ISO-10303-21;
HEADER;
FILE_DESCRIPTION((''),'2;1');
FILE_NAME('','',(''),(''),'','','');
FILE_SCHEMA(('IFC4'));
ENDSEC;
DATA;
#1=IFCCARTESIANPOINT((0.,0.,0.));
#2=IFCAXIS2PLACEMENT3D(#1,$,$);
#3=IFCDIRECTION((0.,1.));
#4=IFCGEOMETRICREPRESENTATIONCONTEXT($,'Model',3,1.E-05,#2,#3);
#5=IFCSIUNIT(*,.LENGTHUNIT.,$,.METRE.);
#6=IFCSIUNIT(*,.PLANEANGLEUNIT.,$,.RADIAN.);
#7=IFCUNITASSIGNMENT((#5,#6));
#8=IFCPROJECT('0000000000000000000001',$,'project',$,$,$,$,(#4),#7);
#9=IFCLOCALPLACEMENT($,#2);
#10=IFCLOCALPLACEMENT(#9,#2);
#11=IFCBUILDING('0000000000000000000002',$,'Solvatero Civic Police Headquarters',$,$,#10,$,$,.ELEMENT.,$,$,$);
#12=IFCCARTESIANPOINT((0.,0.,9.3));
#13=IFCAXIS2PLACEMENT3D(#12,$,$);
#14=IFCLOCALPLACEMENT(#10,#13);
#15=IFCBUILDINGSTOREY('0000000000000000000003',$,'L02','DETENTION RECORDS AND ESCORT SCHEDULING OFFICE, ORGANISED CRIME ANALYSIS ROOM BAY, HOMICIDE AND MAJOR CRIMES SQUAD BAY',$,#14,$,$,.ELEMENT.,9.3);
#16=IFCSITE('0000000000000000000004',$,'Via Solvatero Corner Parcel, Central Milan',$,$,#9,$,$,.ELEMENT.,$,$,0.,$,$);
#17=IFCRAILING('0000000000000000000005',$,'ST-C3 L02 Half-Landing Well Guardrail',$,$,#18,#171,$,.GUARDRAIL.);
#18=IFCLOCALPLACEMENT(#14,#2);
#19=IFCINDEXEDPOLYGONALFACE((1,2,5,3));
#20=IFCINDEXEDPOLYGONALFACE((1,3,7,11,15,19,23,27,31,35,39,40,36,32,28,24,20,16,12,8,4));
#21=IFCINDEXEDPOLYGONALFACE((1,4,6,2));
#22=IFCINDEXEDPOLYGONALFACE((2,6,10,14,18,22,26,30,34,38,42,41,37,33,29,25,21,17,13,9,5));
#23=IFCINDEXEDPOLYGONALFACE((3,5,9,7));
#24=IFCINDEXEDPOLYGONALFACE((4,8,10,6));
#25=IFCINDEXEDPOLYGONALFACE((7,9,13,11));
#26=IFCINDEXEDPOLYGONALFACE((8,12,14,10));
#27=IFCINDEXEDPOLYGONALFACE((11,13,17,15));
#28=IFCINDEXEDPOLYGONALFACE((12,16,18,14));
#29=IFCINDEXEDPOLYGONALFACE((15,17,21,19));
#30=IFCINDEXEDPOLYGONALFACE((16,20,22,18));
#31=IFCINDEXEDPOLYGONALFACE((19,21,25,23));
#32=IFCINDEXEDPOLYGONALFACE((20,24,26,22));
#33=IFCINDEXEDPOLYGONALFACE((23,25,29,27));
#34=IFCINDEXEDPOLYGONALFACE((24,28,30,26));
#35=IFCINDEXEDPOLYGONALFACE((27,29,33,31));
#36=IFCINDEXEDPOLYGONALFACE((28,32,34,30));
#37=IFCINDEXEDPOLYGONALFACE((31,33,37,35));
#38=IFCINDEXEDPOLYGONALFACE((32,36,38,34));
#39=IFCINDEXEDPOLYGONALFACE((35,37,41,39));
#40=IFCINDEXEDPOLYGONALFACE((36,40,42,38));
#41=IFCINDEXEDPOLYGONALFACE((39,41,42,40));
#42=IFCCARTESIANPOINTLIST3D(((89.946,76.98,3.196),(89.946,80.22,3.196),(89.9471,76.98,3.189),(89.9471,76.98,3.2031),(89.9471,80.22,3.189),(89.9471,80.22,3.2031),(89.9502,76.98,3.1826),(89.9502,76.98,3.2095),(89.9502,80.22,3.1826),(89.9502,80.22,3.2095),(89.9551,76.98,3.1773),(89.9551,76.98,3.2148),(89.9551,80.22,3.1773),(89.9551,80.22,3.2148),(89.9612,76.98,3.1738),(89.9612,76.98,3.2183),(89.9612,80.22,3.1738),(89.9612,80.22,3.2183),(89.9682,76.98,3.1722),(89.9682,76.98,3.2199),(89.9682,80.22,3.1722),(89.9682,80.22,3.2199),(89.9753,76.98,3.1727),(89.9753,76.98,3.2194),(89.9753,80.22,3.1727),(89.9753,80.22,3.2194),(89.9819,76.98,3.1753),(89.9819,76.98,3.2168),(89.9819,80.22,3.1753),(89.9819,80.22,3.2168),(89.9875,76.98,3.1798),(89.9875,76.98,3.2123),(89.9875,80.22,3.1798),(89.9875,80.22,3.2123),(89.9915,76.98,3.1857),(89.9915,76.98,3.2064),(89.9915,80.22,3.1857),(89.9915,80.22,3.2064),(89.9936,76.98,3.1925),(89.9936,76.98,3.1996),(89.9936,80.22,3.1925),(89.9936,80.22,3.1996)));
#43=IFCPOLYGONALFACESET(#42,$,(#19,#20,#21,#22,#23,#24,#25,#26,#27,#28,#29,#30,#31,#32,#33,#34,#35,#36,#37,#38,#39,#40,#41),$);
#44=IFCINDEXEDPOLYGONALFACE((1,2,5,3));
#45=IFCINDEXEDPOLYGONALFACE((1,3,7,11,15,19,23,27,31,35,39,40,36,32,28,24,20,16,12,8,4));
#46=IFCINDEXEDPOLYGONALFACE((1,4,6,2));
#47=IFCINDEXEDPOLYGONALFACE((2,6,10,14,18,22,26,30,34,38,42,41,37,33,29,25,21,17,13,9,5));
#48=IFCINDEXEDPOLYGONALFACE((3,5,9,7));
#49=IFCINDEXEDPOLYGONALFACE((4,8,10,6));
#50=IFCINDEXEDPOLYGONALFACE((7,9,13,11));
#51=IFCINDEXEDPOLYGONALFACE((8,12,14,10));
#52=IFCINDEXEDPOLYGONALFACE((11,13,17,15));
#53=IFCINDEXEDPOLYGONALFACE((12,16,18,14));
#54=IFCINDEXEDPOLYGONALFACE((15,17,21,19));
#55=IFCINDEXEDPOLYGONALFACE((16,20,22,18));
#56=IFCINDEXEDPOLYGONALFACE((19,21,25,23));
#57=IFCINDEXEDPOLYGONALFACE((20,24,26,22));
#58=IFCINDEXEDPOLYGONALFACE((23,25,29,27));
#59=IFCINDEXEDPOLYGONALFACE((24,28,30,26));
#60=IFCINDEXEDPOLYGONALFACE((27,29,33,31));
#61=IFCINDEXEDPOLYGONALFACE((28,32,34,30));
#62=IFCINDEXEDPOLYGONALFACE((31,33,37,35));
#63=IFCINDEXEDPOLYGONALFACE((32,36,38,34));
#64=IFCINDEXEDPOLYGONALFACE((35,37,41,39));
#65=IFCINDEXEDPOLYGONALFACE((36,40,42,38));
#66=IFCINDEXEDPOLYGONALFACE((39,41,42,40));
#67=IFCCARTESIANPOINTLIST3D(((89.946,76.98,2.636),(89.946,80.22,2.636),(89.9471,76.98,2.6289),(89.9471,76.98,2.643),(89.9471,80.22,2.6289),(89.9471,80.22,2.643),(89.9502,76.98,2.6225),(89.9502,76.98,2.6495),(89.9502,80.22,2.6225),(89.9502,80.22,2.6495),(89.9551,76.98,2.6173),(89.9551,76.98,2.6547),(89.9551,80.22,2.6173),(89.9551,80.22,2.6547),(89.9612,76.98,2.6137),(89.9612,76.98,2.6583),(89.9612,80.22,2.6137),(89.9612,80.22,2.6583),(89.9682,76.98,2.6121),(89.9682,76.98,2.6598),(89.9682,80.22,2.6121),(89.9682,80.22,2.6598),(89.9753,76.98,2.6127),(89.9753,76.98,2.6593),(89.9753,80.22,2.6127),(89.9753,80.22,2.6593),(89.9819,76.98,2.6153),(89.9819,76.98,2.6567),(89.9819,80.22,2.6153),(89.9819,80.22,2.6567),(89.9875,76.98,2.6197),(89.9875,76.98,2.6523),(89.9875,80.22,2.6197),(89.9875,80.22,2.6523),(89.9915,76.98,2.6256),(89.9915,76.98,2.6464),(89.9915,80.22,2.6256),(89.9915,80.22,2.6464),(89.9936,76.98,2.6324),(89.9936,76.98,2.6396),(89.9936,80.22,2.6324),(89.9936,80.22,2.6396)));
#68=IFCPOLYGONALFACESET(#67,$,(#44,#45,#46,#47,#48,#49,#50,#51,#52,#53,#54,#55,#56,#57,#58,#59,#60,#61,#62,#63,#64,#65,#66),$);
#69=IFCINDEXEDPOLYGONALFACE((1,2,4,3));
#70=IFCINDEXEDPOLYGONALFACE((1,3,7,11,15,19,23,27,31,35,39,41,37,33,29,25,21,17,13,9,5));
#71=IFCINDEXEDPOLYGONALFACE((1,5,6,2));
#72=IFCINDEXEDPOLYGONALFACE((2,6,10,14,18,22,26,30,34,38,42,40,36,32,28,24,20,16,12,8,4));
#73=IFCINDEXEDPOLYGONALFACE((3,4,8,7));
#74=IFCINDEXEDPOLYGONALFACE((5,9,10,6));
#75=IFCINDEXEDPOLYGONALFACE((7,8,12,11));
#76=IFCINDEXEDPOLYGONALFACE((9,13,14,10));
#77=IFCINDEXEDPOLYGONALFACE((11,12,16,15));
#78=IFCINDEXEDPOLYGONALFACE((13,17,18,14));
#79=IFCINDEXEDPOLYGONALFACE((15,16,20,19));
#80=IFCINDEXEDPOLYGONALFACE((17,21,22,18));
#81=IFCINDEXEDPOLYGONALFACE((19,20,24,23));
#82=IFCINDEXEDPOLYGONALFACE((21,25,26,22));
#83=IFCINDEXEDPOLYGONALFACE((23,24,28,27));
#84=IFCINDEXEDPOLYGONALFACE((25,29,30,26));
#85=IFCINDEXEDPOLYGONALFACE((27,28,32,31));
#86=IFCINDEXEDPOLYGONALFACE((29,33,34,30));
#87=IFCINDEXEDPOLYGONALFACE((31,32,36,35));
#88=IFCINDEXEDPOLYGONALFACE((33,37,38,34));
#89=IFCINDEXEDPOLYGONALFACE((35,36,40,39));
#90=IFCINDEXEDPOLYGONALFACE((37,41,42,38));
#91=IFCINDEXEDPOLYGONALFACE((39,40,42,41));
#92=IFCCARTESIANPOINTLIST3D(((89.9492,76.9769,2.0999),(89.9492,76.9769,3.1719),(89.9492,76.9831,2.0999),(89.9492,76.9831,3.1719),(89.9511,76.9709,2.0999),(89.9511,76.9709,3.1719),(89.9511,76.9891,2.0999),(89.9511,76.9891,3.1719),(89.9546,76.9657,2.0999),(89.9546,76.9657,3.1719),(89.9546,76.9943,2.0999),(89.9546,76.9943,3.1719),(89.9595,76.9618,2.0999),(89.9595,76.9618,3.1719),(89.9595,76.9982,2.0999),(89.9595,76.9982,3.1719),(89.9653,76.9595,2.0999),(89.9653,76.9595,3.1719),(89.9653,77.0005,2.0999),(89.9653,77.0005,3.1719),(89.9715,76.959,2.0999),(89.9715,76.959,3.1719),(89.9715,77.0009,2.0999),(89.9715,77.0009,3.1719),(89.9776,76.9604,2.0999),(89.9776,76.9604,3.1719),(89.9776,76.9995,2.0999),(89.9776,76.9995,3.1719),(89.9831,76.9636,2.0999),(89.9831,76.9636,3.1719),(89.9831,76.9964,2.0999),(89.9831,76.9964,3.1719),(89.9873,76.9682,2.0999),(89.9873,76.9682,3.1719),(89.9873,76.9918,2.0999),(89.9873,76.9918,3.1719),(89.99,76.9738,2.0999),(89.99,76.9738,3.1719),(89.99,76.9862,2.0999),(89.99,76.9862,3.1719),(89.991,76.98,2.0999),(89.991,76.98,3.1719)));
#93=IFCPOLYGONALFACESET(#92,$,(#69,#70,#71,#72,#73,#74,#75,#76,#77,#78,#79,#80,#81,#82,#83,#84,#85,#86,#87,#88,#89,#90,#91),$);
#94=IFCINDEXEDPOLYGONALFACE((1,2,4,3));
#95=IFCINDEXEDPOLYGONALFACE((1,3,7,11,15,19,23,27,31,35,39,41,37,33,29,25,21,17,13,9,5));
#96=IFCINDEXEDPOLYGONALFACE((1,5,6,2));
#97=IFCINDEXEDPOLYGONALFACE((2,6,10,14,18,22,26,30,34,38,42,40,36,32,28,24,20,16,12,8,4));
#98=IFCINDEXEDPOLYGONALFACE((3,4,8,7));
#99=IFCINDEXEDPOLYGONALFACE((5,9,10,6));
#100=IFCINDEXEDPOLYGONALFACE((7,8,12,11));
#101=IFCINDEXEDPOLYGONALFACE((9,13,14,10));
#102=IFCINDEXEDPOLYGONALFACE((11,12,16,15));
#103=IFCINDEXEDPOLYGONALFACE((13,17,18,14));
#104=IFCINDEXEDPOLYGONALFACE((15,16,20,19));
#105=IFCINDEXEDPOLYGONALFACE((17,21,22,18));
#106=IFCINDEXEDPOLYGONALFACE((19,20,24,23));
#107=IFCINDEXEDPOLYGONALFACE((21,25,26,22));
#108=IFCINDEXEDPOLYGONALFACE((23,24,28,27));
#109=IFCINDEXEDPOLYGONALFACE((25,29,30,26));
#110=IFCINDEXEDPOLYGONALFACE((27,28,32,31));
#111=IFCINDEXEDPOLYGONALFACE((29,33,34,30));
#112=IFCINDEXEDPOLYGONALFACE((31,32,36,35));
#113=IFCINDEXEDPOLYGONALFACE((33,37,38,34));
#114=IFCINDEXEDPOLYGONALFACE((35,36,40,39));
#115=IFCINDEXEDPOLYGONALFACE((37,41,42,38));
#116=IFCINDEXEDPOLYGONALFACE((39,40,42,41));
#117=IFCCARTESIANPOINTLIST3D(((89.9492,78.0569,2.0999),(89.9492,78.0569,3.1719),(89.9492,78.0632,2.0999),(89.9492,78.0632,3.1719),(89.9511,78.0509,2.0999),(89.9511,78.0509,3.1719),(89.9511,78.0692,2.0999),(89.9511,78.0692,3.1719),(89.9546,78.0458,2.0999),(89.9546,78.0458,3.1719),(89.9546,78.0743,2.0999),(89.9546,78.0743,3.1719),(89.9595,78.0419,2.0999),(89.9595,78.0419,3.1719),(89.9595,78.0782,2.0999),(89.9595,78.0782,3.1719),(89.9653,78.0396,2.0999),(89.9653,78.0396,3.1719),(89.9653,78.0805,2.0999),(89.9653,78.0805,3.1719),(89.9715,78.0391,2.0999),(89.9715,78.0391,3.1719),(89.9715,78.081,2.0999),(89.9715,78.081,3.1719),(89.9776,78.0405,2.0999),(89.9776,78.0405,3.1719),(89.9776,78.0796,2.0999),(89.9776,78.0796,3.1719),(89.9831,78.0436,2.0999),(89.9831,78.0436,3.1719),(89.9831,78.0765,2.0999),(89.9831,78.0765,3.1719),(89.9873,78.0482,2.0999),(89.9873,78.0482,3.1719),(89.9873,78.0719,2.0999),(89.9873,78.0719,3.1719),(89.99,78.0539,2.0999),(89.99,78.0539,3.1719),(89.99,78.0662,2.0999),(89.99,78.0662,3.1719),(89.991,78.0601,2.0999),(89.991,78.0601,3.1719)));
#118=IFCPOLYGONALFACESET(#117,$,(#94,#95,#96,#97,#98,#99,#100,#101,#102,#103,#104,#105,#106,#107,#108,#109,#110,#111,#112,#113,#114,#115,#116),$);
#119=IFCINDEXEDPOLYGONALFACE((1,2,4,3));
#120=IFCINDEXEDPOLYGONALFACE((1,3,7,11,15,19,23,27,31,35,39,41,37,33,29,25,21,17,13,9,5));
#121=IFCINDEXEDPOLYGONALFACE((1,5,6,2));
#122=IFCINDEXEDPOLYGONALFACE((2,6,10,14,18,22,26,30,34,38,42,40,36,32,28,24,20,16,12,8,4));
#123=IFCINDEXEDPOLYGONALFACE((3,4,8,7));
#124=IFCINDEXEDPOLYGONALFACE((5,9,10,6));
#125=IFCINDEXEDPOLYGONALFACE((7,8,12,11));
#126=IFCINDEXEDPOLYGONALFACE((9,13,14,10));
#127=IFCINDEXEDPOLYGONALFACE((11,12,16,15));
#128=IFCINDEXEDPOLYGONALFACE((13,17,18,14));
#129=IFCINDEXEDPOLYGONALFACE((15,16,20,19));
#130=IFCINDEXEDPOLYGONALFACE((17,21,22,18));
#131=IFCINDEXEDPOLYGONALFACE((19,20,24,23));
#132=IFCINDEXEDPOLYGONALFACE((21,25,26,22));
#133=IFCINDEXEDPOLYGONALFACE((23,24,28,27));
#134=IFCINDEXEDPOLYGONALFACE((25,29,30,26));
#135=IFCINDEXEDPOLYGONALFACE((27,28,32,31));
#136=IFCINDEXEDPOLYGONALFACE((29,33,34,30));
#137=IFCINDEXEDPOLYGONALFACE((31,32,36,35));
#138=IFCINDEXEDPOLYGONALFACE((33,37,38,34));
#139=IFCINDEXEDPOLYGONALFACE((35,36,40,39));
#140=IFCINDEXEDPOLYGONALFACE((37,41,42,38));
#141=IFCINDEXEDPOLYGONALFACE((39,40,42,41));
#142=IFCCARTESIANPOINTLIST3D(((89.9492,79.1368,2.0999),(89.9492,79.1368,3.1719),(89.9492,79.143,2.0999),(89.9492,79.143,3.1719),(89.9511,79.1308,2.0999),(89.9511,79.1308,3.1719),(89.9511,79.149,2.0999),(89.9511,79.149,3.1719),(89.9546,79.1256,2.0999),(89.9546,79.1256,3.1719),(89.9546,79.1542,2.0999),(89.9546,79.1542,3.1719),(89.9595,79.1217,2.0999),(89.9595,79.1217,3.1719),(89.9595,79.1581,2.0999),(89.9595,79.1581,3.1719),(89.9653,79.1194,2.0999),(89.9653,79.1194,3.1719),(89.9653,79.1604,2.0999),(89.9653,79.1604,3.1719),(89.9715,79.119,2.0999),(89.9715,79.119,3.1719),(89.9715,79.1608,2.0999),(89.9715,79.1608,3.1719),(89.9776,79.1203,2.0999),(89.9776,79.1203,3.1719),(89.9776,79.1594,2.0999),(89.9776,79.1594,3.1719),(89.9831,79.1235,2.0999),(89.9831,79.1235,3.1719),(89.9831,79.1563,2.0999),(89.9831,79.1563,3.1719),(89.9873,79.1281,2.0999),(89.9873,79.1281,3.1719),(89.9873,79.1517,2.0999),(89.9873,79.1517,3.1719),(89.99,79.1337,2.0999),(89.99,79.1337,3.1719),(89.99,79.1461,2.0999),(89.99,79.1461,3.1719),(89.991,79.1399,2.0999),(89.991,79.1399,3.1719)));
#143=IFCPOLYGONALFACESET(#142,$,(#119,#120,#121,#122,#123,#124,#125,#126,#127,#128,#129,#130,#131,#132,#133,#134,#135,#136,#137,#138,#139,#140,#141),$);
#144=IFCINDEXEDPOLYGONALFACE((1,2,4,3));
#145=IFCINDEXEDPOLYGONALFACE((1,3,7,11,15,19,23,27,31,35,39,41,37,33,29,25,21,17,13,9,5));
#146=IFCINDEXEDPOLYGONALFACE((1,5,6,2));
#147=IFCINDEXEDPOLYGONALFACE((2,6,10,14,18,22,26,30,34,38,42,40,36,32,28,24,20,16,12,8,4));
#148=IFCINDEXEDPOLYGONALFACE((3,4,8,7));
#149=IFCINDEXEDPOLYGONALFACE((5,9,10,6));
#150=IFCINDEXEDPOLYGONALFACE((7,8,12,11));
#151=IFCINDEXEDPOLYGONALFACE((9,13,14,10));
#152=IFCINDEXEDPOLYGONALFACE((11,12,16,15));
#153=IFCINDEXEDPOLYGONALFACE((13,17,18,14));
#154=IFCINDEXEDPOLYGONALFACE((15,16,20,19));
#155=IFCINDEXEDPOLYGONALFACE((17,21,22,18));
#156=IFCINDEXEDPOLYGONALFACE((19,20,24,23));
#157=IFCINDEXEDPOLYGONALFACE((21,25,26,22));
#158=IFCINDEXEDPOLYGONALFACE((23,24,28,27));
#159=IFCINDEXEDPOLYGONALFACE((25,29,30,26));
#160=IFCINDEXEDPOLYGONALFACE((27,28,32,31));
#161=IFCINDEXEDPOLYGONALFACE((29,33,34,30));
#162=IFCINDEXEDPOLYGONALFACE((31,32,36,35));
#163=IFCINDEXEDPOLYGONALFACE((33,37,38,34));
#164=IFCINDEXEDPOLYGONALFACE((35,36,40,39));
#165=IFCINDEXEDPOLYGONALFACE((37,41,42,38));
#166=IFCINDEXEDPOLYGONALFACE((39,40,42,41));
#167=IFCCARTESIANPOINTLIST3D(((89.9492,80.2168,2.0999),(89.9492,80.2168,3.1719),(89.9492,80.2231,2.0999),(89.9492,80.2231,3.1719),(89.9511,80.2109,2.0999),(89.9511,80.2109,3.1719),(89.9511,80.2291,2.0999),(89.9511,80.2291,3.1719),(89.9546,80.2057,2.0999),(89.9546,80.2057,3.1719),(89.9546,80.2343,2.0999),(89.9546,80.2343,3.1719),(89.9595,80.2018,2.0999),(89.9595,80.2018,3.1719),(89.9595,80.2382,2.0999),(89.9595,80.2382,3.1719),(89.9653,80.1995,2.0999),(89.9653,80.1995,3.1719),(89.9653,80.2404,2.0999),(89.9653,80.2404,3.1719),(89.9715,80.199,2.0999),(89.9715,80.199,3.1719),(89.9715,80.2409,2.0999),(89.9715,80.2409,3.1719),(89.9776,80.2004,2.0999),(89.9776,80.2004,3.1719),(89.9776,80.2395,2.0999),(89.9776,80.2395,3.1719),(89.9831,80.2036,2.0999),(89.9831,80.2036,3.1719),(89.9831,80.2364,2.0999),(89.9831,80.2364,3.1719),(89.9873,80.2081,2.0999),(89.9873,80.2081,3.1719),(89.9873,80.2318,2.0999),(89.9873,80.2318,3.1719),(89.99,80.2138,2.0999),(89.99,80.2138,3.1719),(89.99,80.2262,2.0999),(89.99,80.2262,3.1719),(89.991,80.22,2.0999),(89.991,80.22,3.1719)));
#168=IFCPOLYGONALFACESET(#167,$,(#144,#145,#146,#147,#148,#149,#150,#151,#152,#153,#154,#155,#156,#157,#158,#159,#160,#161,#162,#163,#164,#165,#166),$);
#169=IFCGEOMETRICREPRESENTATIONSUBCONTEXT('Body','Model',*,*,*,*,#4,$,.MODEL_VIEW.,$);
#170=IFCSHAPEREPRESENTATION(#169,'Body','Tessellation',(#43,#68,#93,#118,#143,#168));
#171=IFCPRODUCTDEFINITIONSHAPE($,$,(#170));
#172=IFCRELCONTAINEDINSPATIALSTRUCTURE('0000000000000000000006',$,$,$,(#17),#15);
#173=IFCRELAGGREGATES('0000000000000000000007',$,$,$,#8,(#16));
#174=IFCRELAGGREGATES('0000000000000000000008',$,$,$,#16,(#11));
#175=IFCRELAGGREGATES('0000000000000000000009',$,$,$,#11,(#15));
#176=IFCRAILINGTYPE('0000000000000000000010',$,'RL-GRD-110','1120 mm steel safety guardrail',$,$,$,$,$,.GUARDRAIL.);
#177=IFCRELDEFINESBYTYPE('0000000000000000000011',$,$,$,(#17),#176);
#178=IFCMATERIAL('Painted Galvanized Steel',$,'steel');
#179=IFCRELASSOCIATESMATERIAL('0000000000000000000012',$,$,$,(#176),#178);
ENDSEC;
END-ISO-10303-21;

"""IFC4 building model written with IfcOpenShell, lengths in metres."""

from ifc_helpers import new_model, si_unit, direction, frame, origin, origin_2d, place, context, subcontext, project, spatial, circle, extrude, material, type_object, element, save


model = new_model("IFC4")

# Units and contexts
model_context = context("Model", 3, precision=1e-05, world=origin(), true_north=direction((0.0, 1.0)))
body_context = subcontext(model_context, "Body", "Model", "MODEL_VIEW")
ifc_project = project(units=[si_unit("LENGTHUNIT", "METRE"), si_unit("PLANEANGLEUNIT", "RADIAN")], contexts=[model_context])

# Site, building, storey
site_placement = place(None, origin())
site = spatial("IfcSite", under=ifc_project, at=site_placement, Name="Via Solvatero Corner Parcel, Central Milan", CompositionType="ELEMENT", RefElevation=0.0)
building_placement = place(site_placement, origin())
building = spatial("IfcBuilding", under=site, at=building_placement, Name="Solvatero Civic Police Headquarters", CompositionType="ELEMENT")
storey_placement = place(building_placement, frame((0.0, 0.0, 9.3)))
storey = spatial("IfcBuildingStorey", under=building, at=storey_placement, Name="L02", Description="DETENTION RECORDS AND ESCORT SCHEDULING OFFICE, ORGANISED CRIME ANALYSIS ROOM BAY, HOMICIDE AND MAJOR CRIMES SQUAD BAY", CompositionType="ELEMENT", Elevation=9.3)

# Railing
ifc_material_1 = material(Name="Painted Galvanized Steel", Category="steel")
railing_type_1 = type_object("IfcRailingType", Name="RL-GRD-110", Description="1120 mm steel safety guardrail", PredefinedType="GUARDRAIL", material=ifc_material_1)
railing_1_placement = place(storey_placement, frame((89.97, 76.98, 2.0999)))
element("IfcRailing", 1, at=railing_1_placement, inside=storey, type_object=railing_type_1, Name="ST-C3 L02 Half-Landing Well Guardrail", PredefinedType="GUARDRAIL", context=body_context, shape_type="SweptSolid", body=[
    extrude(circle(Radius=0.0239, at=origin_2d()), frame((0.0, 0.0, 1.0962), z_axis=(0.0, 1.0, 0.0), x_axis=(-1.0, 0.0, 0.0)), (0.0, 0.0, 1.0), 3.24),
    extrude(circle(Radius=0.0239, at=origin_2d()), frame((0.0, 0.0, 0.5361), z_axis=(0.0, 1.0, 0.0), x_axis=(-1.0, 0.0, 0.0)), (0.0, 0.0, 1.0), 3.24),
    extrude(circle(Radius=0.021, at=origin_2d()), origin(), (0.0, 0.0, 1.0), 1.072),
    extrude(circle(Radius=0.021, at=origin_2d()), frame((0.0, 1.0801, 0.0)), (0.0, 0.0, 1.0), 1.072),
    extrude(circle(Radius=0.021, at=origin_2d()), frame((0.0, 2.1599, 0.0)), (0.0, 0.0, 1.0), 1.072),
    extrude(circle(Radius=0.021, at=origin_2d()), frame((0.0, 3.24, 0.0)), (0.0, 0.0, 1.0), 1.072),
])

save(model, "model.ifc")
